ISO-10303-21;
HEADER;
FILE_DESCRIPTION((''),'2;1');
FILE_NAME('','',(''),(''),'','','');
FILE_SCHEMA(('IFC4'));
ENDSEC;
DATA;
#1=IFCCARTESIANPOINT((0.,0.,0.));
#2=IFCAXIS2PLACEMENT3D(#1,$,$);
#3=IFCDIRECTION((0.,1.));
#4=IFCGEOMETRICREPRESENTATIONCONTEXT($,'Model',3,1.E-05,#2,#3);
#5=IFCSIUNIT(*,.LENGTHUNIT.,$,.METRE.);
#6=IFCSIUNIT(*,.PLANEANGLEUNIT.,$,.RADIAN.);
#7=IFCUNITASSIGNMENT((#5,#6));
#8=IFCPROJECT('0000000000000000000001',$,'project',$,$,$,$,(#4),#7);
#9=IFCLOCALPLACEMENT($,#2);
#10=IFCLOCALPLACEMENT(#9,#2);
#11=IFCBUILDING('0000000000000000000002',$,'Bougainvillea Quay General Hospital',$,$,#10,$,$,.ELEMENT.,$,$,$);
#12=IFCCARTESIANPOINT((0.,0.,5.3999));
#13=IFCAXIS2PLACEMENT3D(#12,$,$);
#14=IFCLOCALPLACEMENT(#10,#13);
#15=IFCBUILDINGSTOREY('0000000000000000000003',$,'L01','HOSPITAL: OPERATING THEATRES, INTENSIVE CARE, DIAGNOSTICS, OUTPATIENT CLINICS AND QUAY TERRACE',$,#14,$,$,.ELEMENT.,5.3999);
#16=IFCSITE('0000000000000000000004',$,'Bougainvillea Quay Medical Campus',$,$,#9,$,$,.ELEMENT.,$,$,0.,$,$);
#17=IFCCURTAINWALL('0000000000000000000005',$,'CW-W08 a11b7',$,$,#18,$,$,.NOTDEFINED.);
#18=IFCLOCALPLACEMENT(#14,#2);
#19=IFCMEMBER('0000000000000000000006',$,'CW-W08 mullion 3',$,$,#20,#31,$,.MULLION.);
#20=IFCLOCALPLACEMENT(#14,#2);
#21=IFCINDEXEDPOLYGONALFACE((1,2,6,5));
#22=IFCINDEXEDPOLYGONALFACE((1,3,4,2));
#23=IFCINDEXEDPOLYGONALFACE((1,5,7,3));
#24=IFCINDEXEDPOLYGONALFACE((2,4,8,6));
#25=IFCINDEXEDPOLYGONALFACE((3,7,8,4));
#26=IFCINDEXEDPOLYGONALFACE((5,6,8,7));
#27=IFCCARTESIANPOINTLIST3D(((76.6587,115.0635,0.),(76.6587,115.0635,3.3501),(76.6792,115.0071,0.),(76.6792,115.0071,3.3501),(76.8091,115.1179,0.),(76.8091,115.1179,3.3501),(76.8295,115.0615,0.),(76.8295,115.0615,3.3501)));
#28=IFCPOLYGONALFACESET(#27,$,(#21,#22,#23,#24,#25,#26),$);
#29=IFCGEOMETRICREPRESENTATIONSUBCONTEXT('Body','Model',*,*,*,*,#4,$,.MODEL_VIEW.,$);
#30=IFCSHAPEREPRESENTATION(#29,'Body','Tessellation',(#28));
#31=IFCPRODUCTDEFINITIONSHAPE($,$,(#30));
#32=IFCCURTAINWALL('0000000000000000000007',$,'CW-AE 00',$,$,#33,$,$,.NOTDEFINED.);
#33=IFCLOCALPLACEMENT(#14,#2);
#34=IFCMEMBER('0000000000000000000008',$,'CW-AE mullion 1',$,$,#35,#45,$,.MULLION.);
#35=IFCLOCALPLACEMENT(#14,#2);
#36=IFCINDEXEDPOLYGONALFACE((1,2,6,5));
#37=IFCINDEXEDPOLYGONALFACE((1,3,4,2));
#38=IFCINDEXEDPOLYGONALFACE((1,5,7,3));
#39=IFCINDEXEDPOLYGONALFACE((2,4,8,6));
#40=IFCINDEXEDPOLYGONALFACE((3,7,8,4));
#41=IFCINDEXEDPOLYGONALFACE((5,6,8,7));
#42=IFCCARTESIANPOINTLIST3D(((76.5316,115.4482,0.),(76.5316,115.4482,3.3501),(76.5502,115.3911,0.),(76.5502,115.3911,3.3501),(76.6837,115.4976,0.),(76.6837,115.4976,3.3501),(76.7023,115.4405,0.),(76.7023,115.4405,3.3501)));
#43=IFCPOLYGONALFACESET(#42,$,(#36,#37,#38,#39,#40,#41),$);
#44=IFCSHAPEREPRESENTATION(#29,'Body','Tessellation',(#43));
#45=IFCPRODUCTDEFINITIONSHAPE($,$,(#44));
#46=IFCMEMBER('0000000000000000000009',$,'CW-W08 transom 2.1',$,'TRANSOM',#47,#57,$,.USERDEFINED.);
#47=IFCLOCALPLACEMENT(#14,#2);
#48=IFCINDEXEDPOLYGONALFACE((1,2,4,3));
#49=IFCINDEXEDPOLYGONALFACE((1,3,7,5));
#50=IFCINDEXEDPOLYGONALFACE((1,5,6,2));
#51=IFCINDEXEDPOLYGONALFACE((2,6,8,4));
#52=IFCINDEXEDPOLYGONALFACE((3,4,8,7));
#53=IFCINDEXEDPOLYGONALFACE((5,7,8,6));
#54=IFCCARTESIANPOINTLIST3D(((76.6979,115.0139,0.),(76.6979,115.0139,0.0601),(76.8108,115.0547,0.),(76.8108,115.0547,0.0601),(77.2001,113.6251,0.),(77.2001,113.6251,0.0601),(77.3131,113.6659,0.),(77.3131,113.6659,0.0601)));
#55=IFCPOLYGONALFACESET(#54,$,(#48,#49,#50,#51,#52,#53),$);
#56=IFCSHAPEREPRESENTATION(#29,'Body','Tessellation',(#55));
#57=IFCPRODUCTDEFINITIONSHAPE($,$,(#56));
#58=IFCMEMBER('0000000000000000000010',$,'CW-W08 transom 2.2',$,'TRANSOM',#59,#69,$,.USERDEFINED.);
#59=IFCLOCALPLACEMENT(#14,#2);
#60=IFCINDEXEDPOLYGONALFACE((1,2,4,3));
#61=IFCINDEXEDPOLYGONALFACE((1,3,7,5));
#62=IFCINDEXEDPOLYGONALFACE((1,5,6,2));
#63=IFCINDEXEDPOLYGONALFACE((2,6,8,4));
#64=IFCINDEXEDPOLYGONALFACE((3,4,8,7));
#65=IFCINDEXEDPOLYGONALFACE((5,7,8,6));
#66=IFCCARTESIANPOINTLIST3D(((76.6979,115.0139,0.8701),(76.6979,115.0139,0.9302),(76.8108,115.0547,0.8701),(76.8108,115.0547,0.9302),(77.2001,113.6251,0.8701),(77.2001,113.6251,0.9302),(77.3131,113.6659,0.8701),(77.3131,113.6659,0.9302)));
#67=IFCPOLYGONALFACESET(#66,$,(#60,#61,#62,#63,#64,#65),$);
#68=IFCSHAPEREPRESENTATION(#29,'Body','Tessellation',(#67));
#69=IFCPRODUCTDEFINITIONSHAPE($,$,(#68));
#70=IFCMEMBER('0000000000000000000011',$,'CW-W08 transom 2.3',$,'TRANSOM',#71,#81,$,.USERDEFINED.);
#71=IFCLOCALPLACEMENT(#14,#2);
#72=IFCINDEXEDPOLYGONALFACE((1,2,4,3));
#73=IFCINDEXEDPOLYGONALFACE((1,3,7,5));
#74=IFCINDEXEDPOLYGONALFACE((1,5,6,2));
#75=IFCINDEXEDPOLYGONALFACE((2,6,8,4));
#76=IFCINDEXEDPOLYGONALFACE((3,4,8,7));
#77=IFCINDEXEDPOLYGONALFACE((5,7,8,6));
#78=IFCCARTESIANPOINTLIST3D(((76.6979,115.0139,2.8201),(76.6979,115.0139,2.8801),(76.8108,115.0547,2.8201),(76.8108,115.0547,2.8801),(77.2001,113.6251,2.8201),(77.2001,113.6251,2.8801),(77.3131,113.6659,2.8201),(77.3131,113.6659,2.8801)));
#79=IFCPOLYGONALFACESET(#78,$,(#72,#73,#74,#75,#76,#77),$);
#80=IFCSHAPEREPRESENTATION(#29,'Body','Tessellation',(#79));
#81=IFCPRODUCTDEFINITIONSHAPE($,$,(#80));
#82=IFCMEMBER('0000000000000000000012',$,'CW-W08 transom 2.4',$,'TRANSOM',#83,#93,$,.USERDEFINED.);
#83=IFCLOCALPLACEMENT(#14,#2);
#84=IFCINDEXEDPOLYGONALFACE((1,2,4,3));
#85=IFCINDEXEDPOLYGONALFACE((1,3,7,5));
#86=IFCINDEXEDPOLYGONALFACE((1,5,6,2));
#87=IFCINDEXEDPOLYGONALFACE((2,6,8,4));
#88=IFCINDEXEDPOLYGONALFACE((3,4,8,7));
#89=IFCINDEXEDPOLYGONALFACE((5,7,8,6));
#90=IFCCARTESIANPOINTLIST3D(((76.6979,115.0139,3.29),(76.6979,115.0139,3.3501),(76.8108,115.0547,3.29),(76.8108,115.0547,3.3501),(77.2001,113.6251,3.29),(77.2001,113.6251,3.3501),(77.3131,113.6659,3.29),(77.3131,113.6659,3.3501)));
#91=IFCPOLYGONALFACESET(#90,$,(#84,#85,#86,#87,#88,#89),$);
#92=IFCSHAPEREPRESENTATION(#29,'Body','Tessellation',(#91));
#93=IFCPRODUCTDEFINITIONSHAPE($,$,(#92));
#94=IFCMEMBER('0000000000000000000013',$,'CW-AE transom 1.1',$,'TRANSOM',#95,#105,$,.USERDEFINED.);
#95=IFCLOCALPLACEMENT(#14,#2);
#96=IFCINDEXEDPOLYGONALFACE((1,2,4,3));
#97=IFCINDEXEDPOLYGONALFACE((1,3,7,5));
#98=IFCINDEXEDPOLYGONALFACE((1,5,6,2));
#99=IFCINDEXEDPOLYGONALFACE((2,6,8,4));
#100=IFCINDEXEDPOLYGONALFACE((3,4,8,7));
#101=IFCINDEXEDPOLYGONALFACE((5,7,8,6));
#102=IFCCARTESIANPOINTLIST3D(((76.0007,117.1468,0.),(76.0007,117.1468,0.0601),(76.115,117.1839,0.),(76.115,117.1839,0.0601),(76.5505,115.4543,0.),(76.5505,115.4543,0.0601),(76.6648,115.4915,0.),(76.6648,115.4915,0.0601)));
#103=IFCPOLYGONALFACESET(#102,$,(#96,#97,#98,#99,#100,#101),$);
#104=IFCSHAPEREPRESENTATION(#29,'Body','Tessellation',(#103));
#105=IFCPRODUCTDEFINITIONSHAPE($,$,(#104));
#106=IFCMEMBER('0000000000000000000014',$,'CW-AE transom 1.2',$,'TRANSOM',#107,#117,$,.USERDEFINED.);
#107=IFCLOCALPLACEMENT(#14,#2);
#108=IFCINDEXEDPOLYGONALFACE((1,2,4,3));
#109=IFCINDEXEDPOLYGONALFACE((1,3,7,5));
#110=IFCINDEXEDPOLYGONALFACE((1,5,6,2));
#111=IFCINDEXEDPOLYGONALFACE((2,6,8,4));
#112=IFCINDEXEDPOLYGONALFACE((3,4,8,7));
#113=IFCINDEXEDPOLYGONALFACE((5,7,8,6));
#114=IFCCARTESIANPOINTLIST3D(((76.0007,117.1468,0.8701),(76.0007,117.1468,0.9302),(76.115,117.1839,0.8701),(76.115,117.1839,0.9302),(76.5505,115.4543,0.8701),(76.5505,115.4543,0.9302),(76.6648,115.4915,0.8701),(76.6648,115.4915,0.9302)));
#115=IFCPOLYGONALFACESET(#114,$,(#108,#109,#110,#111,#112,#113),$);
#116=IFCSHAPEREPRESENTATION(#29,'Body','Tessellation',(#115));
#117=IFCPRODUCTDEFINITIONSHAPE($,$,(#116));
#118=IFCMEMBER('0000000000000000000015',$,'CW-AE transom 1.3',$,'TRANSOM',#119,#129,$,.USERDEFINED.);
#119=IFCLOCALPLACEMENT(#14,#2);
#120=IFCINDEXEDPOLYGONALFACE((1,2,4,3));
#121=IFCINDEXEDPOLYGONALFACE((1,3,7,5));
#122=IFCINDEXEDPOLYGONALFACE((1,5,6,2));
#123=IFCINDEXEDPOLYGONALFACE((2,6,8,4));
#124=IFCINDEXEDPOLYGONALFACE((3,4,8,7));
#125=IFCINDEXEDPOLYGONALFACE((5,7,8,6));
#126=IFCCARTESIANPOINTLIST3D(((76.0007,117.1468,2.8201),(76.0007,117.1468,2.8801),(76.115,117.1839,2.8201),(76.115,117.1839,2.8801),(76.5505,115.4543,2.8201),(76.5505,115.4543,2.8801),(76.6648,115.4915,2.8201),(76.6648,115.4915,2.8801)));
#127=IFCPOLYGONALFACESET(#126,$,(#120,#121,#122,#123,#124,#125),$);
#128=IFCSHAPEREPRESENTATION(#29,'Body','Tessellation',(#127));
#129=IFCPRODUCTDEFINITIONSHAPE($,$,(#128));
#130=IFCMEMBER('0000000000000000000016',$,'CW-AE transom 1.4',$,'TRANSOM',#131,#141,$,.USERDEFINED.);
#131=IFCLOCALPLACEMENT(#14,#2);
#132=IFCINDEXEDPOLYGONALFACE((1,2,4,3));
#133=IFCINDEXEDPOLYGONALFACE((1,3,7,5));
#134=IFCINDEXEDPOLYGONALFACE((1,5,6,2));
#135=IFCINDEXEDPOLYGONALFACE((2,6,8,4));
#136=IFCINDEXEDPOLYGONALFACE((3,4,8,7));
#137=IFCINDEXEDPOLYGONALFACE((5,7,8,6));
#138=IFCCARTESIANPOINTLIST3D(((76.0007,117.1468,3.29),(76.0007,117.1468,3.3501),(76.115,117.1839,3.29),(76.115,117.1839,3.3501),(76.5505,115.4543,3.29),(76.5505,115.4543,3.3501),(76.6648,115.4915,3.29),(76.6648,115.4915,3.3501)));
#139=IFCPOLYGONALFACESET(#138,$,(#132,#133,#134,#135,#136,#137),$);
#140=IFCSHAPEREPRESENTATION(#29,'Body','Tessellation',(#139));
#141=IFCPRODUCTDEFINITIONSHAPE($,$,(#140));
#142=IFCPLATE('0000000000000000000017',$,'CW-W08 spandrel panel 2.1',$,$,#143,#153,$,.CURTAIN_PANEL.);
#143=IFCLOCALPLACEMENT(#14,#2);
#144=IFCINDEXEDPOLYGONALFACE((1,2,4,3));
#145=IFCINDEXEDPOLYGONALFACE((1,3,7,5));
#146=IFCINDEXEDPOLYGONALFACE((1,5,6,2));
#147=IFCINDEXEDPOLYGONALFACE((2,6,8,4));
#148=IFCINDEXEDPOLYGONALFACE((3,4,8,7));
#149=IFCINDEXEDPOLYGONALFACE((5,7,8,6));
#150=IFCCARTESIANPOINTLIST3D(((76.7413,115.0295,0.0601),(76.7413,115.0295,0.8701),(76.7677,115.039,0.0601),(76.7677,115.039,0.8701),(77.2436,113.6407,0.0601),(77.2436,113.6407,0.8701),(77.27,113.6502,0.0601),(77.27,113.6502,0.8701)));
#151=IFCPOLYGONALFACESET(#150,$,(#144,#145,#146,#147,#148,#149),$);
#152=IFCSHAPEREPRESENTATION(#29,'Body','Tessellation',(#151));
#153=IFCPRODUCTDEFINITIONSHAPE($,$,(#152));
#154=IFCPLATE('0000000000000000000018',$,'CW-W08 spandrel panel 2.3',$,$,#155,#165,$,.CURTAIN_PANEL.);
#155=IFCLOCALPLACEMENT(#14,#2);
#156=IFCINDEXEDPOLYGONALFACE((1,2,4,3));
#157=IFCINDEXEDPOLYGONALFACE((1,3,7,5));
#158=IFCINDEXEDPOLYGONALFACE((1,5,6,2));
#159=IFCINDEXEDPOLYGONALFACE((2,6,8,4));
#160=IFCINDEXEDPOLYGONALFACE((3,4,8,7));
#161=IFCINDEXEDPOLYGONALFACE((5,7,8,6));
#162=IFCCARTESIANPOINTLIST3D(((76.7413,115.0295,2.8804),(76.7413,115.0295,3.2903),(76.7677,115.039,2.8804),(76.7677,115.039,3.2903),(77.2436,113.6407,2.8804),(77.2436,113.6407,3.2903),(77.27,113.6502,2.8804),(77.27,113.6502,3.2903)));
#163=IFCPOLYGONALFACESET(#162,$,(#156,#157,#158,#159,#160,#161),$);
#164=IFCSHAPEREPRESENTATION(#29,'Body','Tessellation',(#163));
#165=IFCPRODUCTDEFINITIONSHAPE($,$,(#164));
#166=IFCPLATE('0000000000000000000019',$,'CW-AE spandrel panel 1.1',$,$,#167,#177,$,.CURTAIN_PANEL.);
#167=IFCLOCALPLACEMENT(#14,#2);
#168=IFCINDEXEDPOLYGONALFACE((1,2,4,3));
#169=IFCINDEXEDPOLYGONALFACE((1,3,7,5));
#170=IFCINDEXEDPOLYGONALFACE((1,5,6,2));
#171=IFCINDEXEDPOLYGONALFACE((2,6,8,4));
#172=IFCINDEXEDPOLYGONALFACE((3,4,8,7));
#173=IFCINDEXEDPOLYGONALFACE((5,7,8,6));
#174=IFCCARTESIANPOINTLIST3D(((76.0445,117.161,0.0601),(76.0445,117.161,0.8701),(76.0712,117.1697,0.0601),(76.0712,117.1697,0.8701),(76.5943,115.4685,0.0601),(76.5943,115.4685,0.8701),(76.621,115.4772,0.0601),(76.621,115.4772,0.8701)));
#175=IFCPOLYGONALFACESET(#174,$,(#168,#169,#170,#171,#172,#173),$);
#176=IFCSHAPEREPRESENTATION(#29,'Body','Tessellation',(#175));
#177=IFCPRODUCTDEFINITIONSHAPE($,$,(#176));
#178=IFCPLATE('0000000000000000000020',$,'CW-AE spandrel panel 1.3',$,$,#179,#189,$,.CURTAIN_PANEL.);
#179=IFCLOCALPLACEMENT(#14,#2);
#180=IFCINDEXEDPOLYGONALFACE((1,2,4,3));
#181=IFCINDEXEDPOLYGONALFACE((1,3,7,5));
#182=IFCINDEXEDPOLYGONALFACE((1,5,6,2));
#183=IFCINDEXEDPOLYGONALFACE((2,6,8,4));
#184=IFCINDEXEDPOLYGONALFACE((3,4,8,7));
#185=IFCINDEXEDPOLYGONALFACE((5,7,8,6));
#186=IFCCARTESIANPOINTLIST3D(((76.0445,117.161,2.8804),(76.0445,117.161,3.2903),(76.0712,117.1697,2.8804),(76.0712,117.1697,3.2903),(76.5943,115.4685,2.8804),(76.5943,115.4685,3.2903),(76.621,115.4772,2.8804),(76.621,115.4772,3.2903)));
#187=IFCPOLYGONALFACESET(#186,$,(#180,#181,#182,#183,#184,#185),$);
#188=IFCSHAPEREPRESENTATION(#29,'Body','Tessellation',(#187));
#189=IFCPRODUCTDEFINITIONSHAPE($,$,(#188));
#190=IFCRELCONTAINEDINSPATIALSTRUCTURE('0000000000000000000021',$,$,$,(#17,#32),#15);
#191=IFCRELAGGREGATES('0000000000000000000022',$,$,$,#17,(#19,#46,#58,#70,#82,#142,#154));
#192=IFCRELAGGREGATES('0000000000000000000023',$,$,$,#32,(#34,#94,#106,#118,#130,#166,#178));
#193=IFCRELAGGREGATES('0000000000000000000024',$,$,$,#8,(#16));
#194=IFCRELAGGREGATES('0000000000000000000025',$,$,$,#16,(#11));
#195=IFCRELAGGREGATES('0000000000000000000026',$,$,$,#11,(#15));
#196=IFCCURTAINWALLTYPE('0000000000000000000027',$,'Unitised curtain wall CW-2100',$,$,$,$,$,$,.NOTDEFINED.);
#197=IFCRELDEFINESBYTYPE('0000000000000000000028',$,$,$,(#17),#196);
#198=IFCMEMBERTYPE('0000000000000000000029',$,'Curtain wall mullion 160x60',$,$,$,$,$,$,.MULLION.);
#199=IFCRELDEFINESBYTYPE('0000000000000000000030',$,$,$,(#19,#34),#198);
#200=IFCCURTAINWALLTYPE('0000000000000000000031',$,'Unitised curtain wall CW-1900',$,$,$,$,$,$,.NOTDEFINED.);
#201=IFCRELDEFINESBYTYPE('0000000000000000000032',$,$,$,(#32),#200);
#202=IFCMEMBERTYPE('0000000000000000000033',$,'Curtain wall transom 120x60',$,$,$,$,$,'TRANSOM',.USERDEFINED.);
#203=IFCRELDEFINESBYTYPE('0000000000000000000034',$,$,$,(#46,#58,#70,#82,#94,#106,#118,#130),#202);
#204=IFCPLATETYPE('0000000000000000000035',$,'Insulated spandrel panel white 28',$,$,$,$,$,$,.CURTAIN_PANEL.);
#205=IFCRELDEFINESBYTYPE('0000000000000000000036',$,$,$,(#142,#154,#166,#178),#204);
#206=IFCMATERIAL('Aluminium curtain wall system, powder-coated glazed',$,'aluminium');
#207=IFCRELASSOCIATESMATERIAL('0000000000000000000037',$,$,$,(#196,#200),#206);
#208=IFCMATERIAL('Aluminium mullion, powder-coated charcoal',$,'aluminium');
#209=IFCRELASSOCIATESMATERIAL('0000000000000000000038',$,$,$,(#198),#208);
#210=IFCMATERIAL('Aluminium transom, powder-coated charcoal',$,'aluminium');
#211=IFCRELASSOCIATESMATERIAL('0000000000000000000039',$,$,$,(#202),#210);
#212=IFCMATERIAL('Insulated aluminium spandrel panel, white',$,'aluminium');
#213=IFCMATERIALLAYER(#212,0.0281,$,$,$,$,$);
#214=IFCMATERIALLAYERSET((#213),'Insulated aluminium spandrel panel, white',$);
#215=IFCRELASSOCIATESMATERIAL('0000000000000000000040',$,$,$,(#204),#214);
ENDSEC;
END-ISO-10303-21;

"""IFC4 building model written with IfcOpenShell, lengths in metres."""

from ifc_helpers import new_model, si_unit, direction, frame, origin, origin_2d, place, context, subcontext, project, spatial, rectangle, extrude, material, layer, layer_set, material_profile, profile_set, type_object, element, aggregate, save


model = new_model("IFC4")

# Units and contexts
model_context = context("Model", 3, precision=1e-05, world=origin(), true_north=direction((0.0, 1.0)))
body_context = subcontext(model_context, "Body", "Model", "MODEL_VIEW")
ifc_project = project(units=[si_unit("LENGTHUNIT", "METRE"), si_unit("PLANEANGLEUNIT", "RADIAN")], contexts=[model_context])

# Site, building, storey
site_placement = place(None, origin())
site = spatial("IfcSite", under=ifc_project, at=site_placement, Name="Bougainvillea Quay Medical Campus", CompositionType="ELEMENT", RefElevation=0.0)
building_placement = place(site_placement, origin())
building = spatial("IfcBuilding", under=site, at=building_placement, Name="Bougainvillea Quay General Hospital", CompositionType="ELEMENT")
storey_placement = place(building_placement, frame((0.0, 0.0, 5.3999)))
storey = spatial("IfcBuildingStorey", under=building, at=storey_placement, Name="L01", Description="HOSPITAL: OPERATING THEATRES, INTENSIVE CARE, DIAGNOSTICS, OUTPATIENT CLINICS AND QUAY TERRACE", CompositionType="ELEMENT", Elevation=5.3999)

# Curtain walls, members
ifc_material_1 = material(Name="Aluminium curtain wall system, powder-coated glazed", Category="aluminium")
curtain_wall_type_1 = type_object("IfcCurtainWallType", Name="Unitised curtain wall CW-2100", PredefinedType="NOTDEFINED", material=ifc_material_1)
curtain_wall_1_placement = place(storey_placement, origin())
curtain_wall_1 = element("IfcCurtainWall", 1, at=curtain_wall_1_placement, inside=storey, type_object=curtain_wall_type_1, Name="CW-W08 a11b7", PredefinedType="NOTDEFINED")
ifc_material_2 = material(Name="Aluminium mullion, powder-coated charcoal", Category="aluminium")
ifc_material_profile_1 = material_profile(ifc_material_2, rectangle(XDim=0.1599, YDim=0.0601, at=origin_2d()))
ifc_profile_set_1 = profile_set([ifc_material_profile_1], Name="Aluminium mullion, powder-coated charcoal")
member_type_1 = type_object("IfcMemberType", Name="Curtain wall mullion 160x60", PredefinedType="MULLION", material=ifc_profile_set_1)
member_1_placement = place(storey_placement, frame((76.7441, 115.0625, 0.0), z_axis=(0.0, 0.0, 1.0), x_axis=(-0.940382, -0.34012, 0.0)))
member_1 = element("IfcMember", 2, at=member_1_placement, type_object=member_type_1, Name="CW-W08 mullion 3", PredefinedType="MULLION", context=body_context, shape_type="SweptSolid", body=[
    extrude(rectangle(XDim=0.1599, YDim=0.0601, at=origin_2d()), origin(), (0.0, 0.0, 1.0), 3.3501),
])
curtain_wall_type_2 = type_object("IfcCurtainWallType", Name="Unitised curtain wall CW-1900", PredefinedType="NOTDEFINED", material=ifc_material_1)
curtain_wall_2_placement = place(storey_placement, origin())
curtain_wall_2 = element("IfcCurtainWall", 3, at=curtain_wall_2_placement, inside=storey, type_object=curtain_wall_type_2, Name="CW-AE 00", PredefinedType="NOTDEFINED")
member_2_placement = place(storey_placement, frame((76.6169, 115.4443, 0.0), z_axis=(0.0, 0.0, 1.0), x_axis=(-0.951072, -0.308971, 0.0)))
member_2 = element("IfcMember", 4, at=member_2_placement, type_object=member_type_1, Name="CW-AE mullion 1", PredefinedType="MULLION", context=body_context, shape_type="SweptSolid", body=[
    extrude(rectangle(XDim=0.1599, YDim=0.0601, at=origin_2d()), origin(), (0.0, 0.0, 1.0), 3.3501),
])

# Members
ifc_material_3 = material(Name="Aluminium transom, powder-coated charcoal", Category="aluminium")
ifc_material_profile_2 = material_profile(ifc_material_3, rectangle(XDim=0.1201, YDim=0.0601, at=origin_2d()))
ifc_profile_set_2 = profile_set([ifc_material_profile_2], Name="Aluminium transom, powder-coated charcoal")
member_type_2 = type_object("IfcMemberType", Name="Curtain wall transom 120x60", ElementType="TRANSOM", PredefinedType="USERDEFINED", material=ifc_profile_set_2)
member_3_placement = place(storey_placement, frame((77.2566, 113.6455, 0.03), z_axis=(-0.340083, 0.940395, 0.0), x_axis=(-0.940395, -0.340083, 0.0)))
member_3 = element("IfcMember", 5, at=member_3_placement, type_object=member_type_2, Name="CW-W08 transom 2.1", ObjectType="TRANSOM", PredefinedType="USERDEFINED", context=body_context, shape_type="SweptSolid", body=[
    extrude(rectangle(XDim=0.1201, YDim=0.0601, at=origin_2d()), origin(), (0.0, 0.0, 1.0), 1.4768),
])
member_4_placement = place(storey_placement, frame((77.2566, 113.6455, 0.9001), z_axis=(-0.340083, 0.940395, 0.0), x_axis=(-0.940395, -0.340083, 0.0)))
member_4 = element("IfcMember", 6, at=member_4_placement, type_object=member_type_2, Name="CW-W08 transom 2.2", ObjectType="TRANSOM", PredefinedType="USERDEFINED", context=body_context, shape_type="SweptSolid", body=[
    extrude(rectangle(XDim=0.1201, YDim=0.0601, at=origin_2d()), origin(), (0.0, 0.0, 1.0), 1.4768),
])
member_5_placement = place(storey_placement, frame((77.2566, 113.6455, 2.8501), z_axis=(-0.340083, 0.940395, 0.0), x_axis=(-0.940395, -0.340083, 0.0)))
member_5 = element("IfcMember", 7, at=member_5_placement, type_object=member_type_2, Name="CW-W08 transom 2.3", ObjectType="TRANSOM", PredefinedType="USERDEFINED", context=body_context, shape_type="SweptSolid", body=[
    extrude(rectangle(XDim=0.1201, YDim=0.0601, at=origin_2d()), origin(), (0.0, 0.0, 1.0), 1.4768),
])
member_6_placement = place(storey_placement, frame((77.2566, 113.6455, 3.3201), z_axis=(-0.340083, 0.940395, 0.0), x_axis=(-0.940395, -0.340083, 0.0)))
member_6 = element("IfcMember", 8, at=member_6_placement, type_object=member_type_2, Name="CW-W08 transom 2.4", ObjectType="TRANSOM", PredefinedType="USERDEFINED", context=body_context, shape_type="SweptSolid", body=[
    extrude(rectangle(XDim=0.1201, YDim=0.0601, at=origin_2d()), origin(), (0.0, 0.0, 1.0), 1.4768),
])
member_7_placement = place(storey_placement, frame((76.6077, 115.4729, 0.03), z_axis=(-0.308974, 0.95107, 0.0), x_axis=(-0.95107, -0.308974, 0.0)))
member_7 = element("IfcMember", 9, at=member_7_placement, type_object=member_type_2, Name="CW-AE transom 1.1", ObjectType="TRANSOM", PredefinedType="USERDEFINED", context=body_context, shape_type="SweptSolid", body=[
    extrude(rectangle(XDim=0.1201, YDim=0.0601, at=origin_2d()), origin(), (0.0, 0.0, 1.0), 1.7795),
])
member_8_placement = place(storey_placement, frame((76.6077, 115.4729, 0.9001), z_axis=(-0.308974, 0.95107, 0.0), x_axis=(-0.95107, -0.308974, 0.0)))
member_8 = element("IfcMember", 10, at=member_8_placement, type_object=member_type_2, Name="CW-AE transom 1.2", ObjectType="TRANSOM", PredefinedType="USERDEFINED", context=body_context, shape_type="SweptSolid", body=[
    extrude(rectangle(XDim=0.1201, YDim=0.0601, at=origin_2d()), origin(), (0.0, 0.0, 1.0), 1.7795),
])
member_9_placement = place(storey_placement, frame((76.6077, 115.4729, 2.8501), z_axis=(-0.308974, 0.95107, 0.0), x_axis=(-0.95107, -0.308974, 0.0)))
member_9 = element("IfcMember", 11, at=member_9_placement, type_object=member_type_2, Name="CW-AE transom 1.3", ObjectType="TRANSOM", PredefinedType="USERDEFINED", context=body_context, shape_type="SweptSolid", body=[
    extrude(rectangle(XDim=0.1201, YDim=0.0601, at=origin_2d()), origin(), (0.0, 0.0, 1.0), 1.7795),
])
member_10_placement = place(storey_placement, frame((76.6077, 115.4729, 3.3201), z_axis=(-0.308974, 0.95107, 0.0), x_axis=(-0.95107, -0.308974, 0.0)))
member_10 = element("IfcMember", 12, at=member_10_placement, type_object=member_type_2, Name="CW-AE transom 1.4", ObjectType="TRANSOM", PredefinedType="USERDEFINED", context=body_context, shape_type="SweptSolid", body=[
    extrude(rectangle(XDim=0.1201, YDim=0.0601, at=origin_2d()), origin(), (0.0, 0.0, 1.0), 1.7795),
])

# Plates
ifc_material_4 = material(Name="Insulated aluminium spandrel panel, white", Category="aluminium")
ifc_layer_1 = layer(ifc_material_4, 0.0281)
ifc_layer_set_1 = layer_set([ifc_layer_1], Name="Insulated aluminium spandrel panel, white")
plate_type_1 = type_object("IfcPlateType", Name="Insulated spandrel panel white 28", PredefinedType="CURTAIN_PANEL", material=ifc_layer_set_1)
plate_1_placement = place(storey_placement, frame((77.0056, 114.3398, 0.0601), z_axis=(0.0, 0.0, 1.0), x_axis=(-0.34012, 0.940382, 0.0)))
plate_1 = element("IfcPlate", 13, at=plate_1_placement, type_object=plate_type_1, Name="CW-W08 spandrel panel 2.1", PredefinedType="CURTAIN_PANEL", context=body_context, shape_type="SweptSolid", body=[
    extrude(rectangle(XDim=1.4768, YDim=0.0281, at=origin_2d()), origin(), (0.0, 0.0, 1.0), 0.8101),
])
plate_2_placement = place(storey_placement, frame((77.0056, 114.3398, 2.8804), z_axis=(0.0, 0.0, 1.0), x_axis=(-0.34012, 0.940382, 0.0)))
plate_2 = element("IfcPlate", 14, at=plate_2_placement, type_object=plate_type_1, Name="CW-W08 spandrel panel 2.3", PredefinedType="CURTAIN_PANEL", context=body_context, shape_type="SweptSolid", body=[
    extrude(rectangle(XDim=1.4768, YDim=0.0281, at=origin_2d()), origin(), (0.0, 0.0, 1.0), 0.4099),
])
plate_3_placement = place(storey_placement, frame((76.3328, 116.3191, 0.0601), z_axis=(0.0, 0.0, 1.0), x_axis=(-0.308971, 0.951072, 0.0)))
plate_3 = element("IfcPlate", 15, at=plate_3_placement, type_object=plate_type_1, Name="CW-AE spandrel panel 1.1", PredefinedType="CURTAIN_PANEL", context=body_context, shape_type="SweptSolid", body=[
    extrude(rectangle(XDim=1.7795, YDim=0.0281, at=origin_2d()), origin(), (0.0, 0.0, 1.0), 0.8101),
])
plate_4_placement = place(storey_placement, frame((76.3328, 116.3191, 2.8804), z_axis=(0.0, 0.0, 1.0), x_axis=(-0.308971, 0.951072, 0.0)))
plate_4 = element("IfcPlate", 16, at=plate_4_placement, type_object=plate_type_1, Name="CW-AE spandrel panel 1.3", PredefinedType="CURTAIN_PANEL", context=body_context, shape_type="SweptSolid", body=[
    extrude(rectangle(XDim=1.7795, YDim=0.0281, at=origin_2d()), origin(), (0.0, 0.0, 1.0), 0.4099),
])
aggregate(curtain_wall_1, [member_1, member_3, member_4, member_5, member_6, plate_1, plate_2])
aggregate(curtain_wall_2, [member_2, member_7, member_8, member_9, member_10, plate_3, plate_4])

save(model, "model.ifc")
